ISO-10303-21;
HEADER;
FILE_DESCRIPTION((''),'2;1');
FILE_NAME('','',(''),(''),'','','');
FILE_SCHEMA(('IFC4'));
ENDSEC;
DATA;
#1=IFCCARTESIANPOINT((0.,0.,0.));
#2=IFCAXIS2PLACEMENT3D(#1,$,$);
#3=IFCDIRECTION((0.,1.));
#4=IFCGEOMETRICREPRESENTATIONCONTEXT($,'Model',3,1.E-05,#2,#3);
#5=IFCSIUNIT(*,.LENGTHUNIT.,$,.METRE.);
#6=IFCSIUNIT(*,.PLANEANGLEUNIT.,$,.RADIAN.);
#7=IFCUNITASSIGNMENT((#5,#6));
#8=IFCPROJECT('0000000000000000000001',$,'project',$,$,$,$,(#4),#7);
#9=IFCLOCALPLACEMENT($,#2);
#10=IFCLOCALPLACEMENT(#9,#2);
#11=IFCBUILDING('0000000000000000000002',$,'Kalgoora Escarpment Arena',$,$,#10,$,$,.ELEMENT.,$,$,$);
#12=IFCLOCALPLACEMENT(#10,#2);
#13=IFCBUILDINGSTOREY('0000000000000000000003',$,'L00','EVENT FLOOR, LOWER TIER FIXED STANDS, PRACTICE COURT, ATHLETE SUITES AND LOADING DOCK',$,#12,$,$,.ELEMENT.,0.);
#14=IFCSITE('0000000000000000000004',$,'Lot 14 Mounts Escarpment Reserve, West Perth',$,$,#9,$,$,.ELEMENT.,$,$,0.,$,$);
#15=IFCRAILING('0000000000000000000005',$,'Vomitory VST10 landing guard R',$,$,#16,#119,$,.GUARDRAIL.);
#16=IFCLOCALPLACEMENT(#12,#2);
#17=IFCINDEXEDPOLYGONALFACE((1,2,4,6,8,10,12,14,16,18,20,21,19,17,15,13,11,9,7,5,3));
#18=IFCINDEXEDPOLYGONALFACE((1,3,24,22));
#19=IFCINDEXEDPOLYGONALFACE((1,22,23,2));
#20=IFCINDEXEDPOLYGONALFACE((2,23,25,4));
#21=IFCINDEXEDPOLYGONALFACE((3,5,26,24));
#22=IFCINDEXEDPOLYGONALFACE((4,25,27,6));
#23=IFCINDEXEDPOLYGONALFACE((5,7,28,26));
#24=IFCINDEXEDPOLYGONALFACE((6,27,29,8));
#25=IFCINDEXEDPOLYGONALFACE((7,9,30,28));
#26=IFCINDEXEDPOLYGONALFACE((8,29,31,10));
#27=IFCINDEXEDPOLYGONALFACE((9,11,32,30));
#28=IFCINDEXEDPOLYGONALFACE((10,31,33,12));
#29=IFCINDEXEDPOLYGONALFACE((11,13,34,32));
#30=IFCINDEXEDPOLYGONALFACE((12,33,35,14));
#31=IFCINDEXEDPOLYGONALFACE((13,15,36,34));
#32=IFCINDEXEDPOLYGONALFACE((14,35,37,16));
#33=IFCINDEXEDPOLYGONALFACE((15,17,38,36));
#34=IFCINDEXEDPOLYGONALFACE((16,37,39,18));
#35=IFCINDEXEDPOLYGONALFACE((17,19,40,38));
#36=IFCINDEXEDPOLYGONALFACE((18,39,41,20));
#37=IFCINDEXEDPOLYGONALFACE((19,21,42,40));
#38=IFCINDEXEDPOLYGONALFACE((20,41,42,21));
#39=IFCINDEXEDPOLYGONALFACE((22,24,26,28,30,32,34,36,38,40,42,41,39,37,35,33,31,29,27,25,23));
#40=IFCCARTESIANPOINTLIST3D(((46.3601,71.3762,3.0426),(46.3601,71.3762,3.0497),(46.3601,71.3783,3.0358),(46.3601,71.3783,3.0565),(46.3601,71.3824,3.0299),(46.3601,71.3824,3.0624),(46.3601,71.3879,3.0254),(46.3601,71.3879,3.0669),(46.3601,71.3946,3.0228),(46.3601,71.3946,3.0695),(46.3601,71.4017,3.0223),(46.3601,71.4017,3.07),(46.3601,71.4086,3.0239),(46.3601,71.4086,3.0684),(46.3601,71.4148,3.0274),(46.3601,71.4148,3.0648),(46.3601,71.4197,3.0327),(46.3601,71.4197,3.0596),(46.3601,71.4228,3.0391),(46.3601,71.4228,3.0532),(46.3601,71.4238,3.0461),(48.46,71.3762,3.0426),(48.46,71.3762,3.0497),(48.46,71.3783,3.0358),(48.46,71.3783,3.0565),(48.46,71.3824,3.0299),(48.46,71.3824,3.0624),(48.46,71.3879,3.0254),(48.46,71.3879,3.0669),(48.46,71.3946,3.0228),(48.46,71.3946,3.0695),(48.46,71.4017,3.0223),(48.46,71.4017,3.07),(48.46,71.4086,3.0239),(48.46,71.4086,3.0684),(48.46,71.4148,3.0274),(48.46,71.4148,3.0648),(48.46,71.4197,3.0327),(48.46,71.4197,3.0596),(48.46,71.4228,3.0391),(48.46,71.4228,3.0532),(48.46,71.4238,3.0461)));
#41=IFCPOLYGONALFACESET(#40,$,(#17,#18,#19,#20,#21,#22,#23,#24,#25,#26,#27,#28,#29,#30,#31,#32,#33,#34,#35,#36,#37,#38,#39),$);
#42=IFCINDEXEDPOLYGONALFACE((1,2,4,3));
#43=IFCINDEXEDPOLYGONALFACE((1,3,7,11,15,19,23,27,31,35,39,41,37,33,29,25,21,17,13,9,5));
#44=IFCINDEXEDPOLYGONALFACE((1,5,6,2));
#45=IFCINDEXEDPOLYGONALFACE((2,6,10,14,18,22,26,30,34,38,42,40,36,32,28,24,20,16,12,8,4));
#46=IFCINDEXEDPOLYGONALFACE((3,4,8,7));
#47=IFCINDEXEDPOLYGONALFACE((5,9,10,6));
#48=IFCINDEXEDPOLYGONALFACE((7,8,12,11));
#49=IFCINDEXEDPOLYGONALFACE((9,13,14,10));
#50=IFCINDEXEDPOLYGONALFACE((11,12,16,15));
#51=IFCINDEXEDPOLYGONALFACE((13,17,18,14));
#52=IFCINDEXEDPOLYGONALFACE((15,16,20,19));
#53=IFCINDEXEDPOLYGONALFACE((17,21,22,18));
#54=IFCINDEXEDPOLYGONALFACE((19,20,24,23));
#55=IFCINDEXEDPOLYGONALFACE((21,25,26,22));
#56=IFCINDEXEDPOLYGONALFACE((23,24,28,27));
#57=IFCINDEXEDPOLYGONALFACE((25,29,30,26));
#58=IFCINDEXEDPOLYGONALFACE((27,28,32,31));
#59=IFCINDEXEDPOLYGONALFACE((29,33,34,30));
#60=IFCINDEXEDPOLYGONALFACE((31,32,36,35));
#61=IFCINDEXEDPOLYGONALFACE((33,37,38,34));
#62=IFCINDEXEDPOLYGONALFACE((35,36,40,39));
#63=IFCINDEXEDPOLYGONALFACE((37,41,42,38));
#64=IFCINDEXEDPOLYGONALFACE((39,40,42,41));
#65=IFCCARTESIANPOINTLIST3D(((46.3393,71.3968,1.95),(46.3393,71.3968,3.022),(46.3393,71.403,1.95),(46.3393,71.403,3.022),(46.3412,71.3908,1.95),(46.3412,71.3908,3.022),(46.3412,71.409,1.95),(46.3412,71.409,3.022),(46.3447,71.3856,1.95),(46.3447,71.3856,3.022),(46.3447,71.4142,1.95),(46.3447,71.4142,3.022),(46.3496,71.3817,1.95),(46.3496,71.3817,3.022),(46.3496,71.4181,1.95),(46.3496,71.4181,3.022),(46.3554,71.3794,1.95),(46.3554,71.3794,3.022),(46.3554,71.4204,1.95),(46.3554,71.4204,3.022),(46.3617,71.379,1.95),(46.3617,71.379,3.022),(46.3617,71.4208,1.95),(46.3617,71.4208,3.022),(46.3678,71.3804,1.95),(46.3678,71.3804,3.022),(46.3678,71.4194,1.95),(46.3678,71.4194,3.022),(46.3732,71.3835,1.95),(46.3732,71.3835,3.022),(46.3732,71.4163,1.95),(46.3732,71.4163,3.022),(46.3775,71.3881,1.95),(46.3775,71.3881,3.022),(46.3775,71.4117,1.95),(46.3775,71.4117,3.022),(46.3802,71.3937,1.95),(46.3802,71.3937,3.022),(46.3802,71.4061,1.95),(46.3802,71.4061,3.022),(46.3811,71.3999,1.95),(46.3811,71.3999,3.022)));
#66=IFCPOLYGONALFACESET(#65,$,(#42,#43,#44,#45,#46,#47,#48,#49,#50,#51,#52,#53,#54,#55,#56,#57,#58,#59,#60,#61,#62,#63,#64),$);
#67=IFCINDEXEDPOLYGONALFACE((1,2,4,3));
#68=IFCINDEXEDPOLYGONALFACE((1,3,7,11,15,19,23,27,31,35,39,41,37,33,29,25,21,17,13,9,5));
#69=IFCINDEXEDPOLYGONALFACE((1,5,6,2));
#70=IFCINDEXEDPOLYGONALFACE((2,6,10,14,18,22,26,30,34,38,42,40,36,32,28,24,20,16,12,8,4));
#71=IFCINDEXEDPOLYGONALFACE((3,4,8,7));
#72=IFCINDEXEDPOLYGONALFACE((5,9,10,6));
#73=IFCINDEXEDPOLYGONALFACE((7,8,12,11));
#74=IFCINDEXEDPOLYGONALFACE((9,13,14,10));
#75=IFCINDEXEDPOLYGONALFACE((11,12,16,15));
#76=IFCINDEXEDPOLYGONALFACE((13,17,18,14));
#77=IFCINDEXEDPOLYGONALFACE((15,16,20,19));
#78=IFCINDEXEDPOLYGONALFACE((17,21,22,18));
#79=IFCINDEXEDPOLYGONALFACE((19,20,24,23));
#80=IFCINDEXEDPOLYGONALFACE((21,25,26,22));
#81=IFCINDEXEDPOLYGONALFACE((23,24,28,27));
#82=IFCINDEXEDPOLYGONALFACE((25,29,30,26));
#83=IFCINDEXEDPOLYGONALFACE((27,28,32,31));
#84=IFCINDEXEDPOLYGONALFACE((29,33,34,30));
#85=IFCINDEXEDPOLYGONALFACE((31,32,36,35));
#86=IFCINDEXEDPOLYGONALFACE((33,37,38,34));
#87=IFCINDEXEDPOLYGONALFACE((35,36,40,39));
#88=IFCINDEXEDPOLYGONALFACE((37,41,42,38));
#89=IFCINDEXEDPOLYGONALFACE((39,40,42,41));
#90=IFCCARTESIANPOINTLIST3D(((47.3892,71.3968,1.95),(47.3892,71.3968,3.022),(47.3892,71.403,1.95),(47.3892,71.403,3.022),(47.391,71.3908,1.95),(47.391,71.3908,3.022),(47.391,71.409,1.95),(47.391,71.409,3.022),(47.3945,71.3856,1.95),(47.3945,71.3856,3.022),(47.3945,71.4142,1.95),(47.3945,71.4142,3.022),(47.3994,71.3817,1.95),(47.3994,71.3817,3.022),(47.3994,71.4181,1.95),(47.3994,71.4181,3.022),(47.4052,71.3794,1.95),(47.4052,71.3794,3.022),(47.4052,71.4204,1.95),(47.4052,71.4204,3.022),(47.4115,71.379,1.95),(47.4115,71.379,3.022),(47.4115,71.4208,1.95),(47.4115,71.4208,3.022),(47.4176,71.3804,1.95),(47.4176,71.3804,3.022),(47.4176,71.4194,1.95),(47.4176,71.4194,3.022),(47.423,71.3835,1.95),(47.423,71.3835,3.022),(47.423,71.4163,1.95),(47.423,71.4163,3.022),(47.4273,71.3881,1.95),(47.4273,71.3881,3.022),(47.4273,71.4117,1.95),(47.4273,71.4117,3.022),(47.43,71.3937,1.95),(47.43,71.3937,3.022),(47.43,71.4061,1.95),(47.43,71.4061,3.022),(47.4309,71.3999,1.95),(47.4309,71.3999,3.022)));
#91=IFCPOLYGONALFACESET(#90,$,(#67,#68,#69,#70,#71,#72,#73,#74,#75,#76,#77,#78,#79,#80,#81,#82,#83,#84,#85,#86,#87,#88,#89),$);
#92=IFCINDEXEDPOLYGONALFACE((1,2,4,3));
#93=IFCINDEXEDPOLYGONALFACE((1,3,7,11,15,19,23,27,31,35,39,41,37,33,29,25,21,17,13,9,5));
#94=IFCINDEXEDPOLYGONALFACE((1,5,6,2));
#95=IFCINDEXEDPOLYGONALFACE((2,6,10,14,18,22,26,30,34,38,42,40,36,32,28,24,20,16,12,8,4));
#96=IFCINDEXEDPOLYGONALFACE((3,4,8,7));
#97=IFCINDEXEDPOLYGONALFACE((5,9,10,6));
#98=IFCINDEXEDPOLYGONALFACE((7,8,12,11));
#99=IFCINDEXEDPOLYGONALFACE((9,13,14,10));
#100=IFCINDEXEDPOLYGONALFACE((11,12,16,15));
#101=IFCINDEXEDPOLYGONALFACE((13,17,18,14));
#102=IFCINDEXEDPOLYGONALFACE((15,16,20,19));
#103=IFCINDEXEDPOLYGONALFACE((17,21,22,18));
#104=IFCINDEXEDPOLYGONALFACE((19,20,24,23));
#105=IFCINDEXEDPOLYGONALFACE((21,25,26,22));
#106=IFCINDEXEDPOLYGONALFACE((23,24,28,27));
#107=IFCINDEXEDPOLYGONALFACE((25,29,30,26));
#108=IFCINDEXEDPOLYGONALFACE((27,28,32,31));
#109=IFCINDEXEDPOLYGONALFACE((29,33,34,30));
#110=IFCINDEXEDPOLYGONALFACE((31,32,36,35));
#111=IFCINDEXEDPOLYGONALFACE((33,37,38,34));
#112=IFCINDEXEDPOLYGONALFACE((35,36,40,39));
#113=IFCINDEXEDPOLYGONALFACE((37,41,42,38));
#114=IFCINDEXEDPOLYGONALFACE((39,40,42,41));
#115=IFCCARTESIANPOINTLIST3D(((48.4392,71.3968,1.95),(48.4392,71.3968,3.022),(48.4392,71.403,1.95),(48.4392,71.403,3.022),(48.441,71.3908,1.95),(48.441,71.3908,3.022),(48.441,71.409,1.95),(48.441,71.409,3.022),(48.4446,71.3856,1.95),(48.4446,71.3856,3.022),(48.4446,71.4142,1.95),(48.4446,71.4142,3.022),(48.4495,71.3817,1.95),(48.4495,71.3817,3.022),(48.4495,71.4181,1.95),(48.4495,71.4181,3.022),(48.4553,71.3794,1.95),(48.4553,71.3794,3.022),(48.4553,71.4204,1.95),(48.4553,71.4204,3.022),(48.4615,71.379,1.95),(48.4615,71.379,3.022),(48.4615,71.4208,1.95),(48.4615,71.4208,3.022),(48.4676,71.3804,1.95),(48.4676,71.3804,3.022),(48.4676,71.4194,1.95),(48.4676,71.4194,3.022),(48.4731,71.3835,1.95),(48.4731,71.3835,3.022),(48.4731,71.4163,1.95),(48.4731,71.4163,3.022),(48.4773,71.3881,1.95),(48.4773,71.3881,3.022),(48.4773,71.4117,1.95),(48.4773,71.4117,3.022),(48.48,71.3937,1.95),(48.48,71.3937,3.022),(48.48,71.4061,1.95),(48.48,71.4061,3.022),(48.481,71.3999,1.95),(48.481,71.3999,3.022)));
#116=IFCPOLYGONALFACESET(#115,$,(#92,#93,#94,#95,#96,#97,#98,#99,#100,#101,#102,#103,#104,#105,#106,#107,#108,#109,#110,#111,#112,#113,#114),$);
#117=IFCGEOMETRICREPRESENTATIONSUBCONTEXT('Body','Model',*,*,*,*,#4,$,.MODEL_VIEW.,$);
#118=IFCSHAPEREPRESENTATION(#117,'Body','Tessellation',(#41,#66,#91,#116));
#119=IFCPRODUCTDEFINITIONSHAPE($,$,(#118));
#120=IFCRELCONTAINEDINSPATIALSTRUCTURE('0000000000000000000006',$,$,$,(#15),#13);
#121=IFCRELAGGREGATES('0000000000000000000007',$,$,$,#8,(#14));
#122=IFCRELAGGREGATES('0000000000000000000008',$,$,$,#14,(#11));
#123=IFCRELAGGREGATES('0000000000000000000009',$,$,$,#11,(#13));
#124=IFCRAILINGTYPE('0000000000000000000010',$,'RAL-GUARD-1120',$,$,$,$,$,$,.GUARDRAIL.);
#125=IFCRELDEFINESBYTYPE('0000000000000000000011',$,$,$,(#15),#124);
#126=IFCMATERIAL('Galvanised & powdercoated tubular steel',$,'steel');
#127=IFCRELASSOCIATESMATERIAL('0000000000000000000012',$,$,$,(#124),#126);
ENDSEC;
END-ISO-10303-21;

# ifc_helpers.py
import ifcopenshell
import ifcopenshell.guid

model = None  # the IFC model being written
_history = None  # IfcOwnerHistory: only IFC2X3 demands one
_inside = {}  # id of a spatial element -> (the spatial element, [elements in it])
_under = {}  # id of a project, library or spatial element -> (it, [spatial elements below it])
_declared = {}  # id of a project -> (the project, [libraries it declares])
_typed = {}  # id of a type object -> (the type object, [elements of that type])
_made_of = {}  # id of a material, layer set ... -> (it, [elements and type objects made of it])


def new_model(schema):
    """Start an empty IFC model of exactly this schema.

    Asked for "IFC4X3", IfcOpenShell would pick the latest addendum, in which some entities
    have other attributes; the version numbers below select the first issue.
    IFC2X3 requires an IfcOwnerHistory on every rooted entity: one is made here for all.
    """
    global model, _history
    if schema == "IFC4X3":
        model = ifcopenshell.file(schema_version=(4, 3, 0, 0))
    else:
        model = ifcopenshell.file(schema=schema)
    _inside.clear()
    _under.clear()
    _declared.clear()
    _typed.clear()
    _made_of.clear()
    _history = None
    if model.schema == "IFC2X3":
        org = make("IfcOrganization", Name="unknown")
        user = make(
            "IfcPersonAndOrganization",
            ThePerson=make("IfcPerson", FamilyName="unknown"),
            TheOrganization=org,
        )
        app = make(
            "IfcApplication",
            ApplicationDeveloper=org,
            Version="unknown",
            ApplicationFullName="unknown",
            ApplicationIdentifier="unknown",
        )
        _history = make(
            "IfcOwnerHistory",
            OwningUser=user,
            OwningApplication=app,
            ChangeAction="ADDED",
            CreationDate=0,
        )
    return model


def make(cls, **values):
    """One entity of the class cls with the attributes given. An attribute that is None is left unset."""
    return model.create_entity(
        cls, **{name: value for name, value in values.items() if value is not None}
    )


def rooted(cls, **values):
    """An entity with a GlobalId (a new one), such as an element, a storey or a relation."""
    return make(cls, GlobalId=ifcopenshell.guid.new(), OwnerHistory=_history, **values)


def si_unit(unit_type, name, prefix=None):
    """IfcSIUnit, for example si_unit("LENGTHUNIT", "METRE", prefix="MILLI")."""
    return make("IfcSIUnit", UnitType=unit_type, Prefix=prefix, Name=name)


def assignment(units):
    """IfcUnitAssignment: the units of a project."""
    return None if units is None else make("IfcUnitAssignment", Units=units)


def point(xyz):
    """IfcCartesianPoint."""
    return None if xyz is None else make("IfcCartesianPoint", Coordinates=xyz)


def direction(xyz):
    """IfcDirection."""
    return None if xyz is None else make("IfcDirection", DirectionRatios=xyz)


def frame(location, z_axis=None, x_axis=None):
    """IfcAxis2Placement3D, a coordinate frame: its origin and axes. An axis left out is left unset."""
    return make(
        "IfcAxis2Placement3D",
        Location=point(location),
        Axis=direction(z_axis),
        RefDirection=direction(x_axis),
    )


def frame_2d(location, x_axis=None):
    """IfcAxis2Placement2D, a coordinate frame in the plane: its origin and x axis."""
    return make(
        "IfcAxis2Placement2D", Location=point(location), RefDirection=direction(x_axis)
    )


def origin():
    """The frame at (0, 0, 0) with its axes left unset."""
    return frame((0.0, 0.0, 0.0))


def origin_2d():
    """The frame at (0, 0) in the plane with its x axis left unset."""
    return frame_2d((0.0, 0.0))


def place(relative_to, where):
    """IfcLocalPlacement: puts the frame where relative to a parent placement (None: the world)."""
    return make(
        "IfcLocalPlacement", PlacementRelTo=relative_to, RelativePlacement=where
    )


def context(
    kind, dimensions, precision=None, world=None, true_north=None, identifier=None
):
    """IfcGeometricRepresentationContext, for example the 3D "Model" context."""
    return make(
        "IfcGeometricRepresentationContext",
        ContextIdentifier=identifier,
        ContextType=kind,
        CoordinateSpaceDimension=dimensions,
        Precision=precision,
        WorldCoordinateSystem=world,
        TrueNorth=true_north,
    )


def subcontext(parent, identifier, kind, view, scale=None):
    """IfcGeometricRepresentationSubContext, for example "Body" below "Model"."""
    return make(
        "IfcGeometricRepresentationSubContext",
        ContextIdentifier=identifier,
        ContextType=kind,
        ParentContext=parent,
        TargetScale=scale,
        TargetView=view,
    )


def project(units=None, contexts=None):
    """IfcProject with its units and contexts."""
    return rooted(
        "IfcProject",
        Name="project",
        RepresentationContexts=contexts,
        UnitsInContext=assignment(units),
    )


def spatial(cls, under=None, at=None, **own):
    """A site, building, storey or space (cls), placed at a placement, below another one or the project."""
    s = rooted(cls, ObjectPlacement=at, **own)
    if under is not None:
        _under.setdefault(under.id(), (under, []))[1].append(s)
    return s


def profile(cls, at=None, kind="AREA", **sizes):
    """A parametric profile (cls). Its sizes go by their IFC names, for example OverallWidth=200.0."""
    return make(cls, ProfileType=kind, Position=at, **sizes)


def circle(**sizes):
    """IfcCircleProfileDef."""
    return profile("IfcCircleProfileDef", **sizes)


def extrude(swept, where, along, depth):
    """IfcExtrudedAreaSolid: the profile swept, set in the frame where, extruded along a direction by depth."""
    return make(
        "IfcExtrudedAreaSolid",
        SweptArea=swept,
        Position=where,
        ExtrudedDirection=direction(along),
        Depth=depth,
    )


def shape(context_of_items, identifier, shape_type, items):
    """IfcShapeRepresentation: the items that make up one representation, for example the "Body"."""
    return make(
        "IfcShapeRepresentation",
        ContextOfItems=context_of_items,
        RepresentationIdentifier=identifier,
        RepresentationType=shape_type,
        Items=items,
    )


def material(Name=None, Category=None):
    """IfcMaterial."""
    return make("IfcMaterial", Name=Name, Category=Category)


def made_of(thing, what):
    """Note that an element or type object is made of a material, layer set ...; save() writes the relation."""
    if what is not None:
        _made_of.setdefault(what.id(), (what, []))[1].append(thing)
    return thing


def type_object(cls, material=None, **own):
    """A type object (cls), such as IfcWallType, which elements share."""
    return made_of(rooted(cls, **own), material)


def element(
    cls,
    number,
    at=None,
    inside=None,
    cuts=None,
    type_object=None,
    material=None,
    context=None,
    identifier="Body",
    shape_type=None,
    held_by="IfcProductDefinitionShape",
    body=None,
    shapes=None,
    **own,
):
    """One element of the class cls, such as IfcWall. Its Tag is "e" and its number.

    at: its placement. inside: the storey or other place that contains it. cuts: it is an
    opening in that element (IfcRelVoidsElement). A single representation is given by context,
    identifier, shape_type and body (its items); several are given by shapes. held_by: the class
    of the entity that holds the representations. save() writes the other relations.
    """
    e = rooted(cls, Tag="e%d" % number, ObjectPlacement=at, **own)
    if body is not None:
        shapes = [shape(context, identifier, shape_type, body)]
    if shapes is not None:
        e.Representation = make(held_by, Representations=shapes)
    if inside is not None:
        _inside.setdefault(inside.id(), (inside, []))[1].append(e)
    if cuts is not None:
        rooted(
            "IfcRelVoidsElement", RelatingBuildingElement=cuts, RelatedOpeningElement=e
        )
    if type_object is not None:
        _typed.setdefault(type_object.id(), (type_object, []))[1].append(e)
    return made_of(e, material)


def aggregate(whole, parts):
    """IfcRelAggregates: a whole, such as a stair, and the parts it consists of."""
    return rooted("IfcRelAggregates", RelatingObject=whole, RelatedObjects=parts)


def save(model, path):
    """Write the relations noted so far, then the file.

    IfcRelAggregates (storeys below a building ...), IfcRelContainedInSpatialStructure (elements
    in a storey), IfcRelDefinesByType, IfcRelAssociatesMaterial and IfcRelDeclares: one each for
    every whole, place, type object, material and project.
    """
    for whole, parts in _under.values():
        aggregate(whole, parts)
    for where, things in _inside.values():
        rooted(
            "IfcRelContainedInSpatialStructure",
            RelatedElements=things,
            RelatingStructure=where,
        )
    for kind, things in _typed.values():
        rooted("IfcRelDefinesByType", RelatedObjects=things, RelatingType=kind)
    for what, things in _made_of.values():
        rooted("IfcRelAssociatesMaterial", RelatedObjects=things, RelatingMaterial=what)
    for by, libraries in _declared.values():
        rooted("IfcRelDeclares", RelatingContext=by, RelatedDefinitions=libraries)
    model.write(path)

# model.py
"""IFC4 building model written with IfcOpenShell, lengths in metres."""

from ifc_helpers import new_model, si_unit, direction, frame, origin, origin_2d, place, context, subcontext, project, spatial, circle, extrude, material, type_object, element, save


model = new_model("IFC4")

# Units and contexts
model_context = context("Model", 3, precision=1e-05, world=origin(), true_north=direction((0.0, 1.0)))
body_context = subcontext(model_context, "Body", "Model", "MODEL_VIEW")
ifc_project = project(units=[si_unit("LENGTHUNIT", "METRE"), si_unit("PLANEANGLEUNIT", "RADIAN")], contexts=[model_context])

# Site, building, storey
site_placement = place(None, origin())
site = spatial("IfcSite", under=ifc_project, at=site_placement, Name="Lot 14 Mounts Escarpment Reserve, West Perth", CompositionType="ELEMENT", RefElevation=0.0)
building_placement = place(site_placement, origin())
building = spatial("IfcBuilding", under=site, at=building_placement, Name="Kalgoora Escarpment Arena", CompositionType="ELEMENT")
storey_placement = place(building_placement, origin())
storey = spatial("IfcBuildingStorey", under=building, at=storey_placement, Name="L00", Description="EVENT FLOOR, LOWER TIER FIXED STANDS, PRACTICE COURT, ATHLETE SUITES AND LOADING DOCK", CompositionType="ELEMENT", Elevation=0.0)

# Railing
ifc_material_1 = material(Name="Galvanised & powdercoated tubular steel", Category="steel")
railing_type_1 = type_object("IfcRailingType", Name="RAL-GUARD-1120", PredefinedType="GUARDRAIL", material=ifc_material_1)
for number, where, name in (
    (1, (46.3601, 71.3999, 1.95), "Vomitory VST10 landing guard R"),
):
    element("IfcRailing", number, at=place(storey_placement, frame(where)), inside=storey, type_object=railing_type_1, Name=name, PredefinedType="GUARDRAIL", context=body_context, shape_type="SweptSolid", body=[
        extrude(circle(Radius=0.0239, at=origin_2d()), frame((0.0, 0.0, 1.0962), z_axis=(1.0, 0.0, 0.0), x_axis=(0.0, 1.0, 0.0)), (0.0, 0.0, 1.0), 2.0999),
        extrude(circle(Radius=0.021, at=origin_2d()), origin(), (0.0, 0.0, 1.0), 1.072),
        extrude(circle(Radius=0.021, at=origin_2d()), frame((1.0498, 0.0, 0.0)), (0.0, 0.0, 1.0), 1.072),
        extrude(circle(Radius=0.021, at=origin_2d()), frame((2.0999, 0.0, 0.0)), (0.0, 0.0, 1.0), 1.072),
    ])

save(model, "model.ifc")
